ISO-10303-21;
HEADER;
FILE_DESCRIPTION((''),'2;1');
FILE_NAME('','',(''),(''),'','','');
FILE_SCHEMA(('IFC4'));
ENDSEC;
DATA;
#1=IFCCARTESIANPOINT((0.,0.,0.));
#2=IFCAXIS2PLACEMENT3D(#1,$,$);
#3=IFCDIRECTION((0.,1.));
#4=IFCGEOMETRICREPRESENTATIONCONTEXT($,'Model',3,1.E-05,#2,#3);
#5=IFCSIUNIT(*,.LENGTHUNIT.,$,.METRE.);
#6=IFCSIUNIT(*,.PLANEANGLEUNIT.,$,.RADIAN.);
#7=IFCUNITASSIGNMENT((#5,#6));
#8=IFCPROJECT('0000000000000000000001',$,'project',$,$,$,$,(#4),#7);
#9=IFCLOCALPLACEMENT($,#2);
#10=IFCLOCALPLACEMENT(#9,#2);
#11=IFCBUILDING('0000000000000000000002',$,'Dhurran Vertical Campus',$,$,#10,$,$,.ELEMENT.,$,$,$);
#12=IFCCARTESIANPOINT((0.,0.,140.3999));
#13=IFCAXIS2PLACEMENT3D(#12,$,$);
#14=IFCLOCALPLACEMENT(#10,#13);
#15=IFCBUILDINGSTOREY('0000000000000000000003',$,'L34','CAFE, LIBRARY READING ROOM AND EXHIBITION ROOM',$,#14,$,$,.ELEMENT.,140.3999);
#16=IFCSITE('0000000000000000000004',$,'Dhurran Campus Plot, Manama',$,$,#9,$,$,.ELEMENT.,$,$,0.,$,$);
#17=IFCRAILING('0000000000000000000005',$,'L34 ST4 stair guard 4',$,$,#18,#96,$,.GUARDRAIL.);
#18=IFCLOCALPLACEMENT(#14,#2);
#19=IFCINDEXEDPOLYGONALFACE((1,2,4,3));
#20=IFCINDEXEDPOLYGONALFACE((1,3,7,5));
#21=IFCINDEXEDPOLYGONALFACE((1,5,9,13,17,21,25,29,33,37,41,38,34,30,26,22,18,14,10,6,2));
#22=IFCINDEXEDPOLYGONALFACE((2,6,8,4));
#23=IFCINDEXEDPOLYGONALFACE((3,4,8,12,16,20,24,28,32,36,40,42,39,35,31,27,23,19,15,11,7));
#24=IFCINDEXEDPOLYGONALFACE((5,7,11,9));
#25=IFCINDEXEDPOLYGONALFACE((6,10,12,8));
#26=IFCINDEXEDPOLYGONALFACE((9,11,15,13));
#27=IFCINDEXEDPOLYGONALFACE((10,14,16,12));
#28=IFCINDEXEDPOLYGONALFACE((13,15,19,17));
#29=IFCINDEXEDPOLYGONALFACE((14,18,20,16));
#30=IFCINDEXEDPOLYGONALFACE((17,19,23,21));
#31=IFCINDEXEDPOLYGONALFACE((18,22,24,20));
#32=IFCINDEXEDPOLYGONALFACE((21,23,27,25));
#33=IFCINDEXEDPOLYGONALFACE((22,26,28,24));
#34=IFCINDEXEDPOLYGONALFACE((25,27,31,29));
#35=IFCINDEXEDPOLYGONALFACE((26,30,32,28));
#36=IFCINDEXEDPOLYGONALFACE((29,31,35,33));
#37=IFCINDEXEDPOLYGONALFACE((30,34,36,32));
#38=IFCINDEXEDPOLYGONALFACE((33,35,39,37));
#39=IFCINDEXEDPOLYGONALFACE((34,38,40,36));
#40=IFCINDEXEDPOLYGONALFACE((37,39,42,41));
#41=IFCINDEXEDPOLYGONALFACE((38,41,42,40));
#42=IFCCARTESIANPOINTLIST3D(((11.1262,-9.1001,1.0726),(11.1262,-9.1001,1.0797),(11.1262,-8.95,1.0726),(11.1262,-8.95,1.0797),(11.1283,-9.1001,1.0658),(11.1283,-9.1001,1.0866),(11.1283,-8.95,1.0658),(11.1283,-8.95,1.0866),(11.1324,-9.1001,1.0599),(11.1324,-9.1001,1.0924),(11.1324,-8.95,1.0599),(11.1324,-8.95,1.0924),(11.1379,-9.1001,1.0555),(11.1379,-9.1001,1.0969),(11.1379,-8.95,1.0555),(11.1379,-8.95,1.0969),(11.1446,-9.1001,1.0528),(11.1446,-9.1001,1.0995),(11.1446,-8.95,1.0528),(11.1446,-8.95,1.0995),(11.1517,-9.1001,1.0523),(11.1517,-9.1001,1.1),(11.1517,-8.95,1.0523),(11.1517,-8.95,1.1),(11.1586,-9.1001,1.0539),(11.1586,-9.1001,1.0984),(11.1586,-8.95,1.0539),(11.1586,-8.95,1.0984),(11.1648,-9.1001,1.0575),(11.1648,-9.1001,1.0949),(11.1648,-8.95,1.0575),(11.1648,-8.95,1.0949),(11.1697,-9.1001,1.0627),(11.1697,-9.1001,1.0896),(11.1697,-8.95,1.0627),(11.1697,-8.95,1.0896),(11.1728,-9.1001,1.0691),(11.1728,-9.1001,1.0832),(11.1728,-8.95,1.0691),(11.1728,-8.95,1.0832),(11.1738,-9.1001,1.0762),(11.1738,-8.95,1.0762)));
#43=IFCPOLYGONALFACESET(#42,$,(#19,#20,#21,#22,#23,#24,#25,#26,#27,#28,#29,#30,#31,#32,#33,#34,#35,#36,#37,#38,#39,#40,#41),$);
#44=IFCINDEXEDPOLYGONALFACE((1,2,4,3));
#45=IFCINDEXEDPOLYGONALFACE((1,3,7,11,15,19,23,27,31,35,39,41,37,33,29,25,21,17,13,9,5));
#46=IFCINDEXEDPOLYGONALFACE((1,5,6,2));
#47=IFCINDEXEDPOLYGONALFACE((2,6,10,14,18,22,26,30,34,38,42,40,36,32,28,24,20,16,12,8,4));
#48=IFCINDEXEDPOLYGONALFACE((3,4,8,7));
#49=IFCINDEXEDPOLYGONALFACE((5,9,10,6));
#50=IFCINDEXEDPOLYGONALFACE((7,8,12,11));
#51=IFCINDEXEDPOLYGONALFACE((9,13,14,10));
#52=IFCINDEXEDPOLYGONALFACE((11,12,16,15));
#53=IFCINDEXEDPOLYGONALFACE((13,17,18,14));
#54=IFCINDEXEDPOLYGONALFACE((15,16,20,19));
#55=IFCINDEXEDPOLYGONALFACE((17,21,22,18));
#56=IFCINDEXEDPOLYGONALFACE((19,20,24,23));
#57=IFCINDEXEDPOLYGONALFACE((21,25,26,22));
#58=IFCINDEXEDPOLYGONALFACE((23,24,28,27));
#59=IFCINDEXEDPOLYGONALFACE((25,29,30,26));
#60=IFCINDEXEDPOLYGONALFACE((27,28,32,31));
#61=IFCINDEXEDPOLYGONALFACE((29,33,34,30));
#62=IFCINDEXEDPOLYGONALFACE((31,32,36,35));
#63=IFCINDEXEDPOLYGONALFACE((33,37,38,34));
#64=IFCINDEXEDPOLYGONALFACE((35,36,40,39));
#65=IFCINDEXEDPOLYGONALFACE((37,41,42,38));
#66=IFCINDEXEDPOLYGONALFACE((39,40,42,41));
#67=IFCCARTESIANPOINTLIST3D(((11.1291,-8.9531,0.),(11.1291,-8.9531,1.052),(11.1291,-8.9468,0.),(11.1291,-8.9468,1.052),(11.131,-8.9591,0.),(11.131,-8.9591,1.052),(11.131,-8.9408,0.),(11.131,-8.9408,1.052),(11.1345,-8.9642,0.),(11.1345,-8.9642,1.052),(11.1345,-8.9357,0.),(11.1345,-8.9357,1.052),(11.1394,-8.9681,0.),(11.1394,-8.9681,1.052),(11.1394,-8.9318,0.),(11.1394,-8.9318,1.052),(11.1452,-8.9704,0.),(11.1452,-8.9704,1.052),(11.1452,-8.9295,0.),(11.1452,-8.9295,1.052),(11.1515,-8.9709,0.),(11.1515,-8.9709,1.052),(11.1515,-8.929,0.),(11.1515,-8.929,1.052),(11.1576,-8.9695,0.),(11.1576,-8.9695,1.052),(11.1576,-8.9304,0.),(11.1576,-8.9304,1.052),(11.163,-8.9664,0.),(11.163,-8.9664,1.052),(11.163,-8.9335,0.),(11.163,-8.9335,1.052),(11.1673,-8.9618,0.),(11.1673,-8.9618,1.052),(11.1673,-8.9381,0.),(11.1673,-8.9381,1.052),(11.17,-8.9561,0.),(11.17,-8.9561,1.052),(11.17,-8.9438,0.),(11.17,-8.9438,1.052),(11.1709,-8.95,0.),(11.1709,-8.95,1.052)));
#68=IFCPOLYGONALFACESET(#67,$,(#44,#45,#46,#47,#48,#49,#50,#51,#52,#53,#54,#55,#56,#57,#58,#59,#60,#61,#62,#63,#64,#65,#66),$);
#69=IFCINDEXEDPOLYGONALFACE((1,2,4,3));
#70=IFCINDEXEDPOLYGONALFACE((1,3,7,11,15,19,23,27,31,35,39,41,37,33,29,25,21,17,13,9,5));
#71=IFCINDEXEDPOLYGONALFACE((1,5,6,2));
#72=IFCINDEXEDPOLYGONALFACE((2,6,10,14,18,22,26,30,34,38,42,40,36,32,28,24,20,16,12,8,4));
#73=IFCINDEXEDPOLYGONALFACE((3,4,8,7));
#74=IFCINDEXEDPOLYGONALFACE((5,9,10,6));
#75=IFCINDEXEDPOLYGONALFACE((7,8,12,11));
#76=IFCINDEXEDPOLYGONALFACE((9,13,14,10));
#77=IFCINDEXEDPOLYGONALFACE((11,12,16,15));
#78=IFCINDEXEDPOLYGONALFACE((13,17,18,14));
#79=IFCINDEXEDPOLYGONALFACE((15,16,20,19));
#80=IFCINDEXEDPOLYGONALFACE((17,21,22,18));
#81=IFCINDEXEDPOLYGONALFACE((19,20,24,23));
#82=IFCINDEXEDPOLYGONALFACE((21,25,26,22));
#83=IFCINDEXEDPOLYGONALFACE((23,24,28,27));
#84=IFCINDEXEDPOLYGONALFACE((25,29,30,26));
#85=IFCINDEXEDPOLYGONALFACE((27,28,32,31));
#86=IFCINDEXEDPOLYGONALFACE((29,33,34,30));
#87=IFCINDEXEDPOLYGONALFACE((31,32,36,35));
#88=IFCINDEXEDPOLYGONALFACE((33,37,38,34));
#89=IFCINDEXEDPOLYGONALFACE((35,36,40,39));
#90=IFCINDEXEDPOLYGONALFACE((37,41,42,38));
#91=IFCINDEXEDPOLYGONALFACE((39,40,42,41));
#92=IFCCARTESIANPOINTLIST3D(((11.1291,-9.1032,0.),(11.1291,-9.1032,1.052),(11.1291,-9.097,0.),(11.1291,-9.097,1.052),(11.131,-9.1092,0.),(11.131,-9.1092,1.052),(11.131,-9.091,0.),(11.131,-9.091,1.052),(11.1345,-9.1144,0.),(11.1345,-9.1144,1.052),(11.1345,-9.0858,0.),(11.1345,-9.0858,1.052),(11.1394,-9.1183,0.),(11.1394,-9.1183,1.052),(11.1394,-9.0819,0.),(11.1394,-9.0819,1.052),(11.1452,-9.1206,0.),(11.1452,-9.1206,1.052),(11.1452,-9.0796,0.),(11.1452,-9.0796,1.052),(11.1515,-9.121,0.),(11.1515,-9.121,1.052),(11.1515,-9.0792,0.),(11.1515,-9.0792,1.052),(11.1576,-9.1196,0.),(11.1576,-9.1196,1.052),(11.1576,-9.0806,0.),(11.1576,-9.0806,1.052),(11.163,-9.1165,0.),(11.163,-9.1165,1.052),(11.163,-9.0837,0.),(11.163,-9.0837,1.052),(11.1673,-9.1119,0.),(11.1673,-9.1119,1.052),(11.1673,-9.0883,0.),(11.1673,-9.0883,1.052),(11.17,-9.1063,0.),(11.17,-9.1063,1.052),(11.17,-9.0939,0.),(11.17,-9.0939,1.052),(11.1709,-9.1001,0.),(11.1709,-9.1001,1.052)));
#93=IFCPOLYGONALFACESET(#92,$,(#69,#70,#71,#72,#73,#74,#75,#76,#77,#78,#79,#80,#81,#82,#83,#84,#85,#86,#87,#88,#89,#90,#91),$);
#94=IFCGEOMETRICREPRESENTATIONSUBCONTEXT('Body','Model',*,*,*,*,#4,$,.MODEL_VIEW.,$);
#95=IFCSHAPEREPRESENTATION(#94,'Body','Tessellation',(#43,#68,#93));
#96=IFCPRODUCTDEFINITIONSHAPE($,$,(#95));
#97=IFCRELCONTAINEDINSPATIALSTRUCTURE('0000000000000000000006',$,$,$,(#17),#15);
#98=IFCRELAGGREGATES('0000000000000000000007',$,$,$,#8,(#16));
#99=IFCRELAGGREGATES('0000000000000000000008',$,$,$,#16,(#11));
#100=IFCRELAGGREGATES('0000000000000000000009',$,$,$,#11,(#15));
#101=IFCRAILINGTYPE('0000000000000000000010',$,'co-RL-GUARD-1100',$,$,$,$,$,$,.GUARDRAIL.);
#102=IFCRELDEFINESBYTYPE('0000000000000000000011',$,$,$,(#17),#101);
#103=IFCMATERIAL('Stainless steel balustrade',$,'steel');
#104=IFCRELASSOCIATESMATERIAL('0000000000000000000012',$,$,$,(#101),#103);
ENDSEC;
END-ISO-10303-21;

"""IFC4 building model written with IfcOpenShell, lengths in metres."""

from ifc_helpers import new_model, si_unit, direction, frame, origin, origin_2d, place, context, subcontext, project, spatial, circle, extrude, material, type_object, element, save


model = new_model("IFC4")

# Units and contexts
model_context = context("Model", 3, precision=1e-05, world=origin(), true_north=direction((0.0, 1.0)))
body_context = subcontext(model_context, "Body", "Model", "MODEL_VIEW")
ifc_project = project(units=[si_unit("LENGTHUNIT", "METRE"), si_unit("PLANEANGLEUNIT", "RADIAN")], contexts=[model_context])

# Site, building, storey
site_placement = place(None, origin())
site = spatial("IfcSite", under=ifc_project, at=site_placement, Name="Dhurran Campus Plot, Manama", CompositionType="ELEMENT", RefElevation=0.0)
building_placement = place(site_placement, origin())
building = spatial("IfcBuilding", under=site, at=building_placement, Name="Dhurran Vertical Campus", CompositionType="ELEMENT")
storey_placement = place(building_placement, frame((0.0, 0.0, 140.3999)))
storey = spatial("IfcBuildingStorey", under=building, at=storey_placement, Name="L34", Description="CAFE, LIBRARY READING ROOM AND EXHIBITION ROOM", CompositionType="ELEMENT", Elevation=140.3999)

# Railing
ifc_material_1 = material(Name="Stainless steel balustrade", Category="steel")
railing_type_1 = type_object("IfcRailingType", Name="co-RL-GUARD-1100", PredefinedType="GUARDRAIL", material=ifc_material_1)
railing_1_placement = place(storey_placement, frame((11.1499, -8.95, 0.0)))
element("IfcRailing", 1, at=railing_1_placement, inside=storey, type_object=railing_type_1, Name="L34 ST4 stair guard 4", PredefinedType="GUARDRAIL", context=body_context, shape_type="SweptSolid", body=[
    extrude(circle(Radius=0.0239, at=origin_2d()), frame((0.0, 0.0, 1.0762), z_axis=(0.0, -1.0, 0.0), x_axis=(1.0, 0.0, 0.0)), (0.0, 0.0, 1.0), 0.1501),
    extrude(circle(Radius=0.021, at=origin_2d()), origin(), (0.0, 0.0, 1.0), 1.052),
    extrude(circle(Radius=0.021, at=origin_2d()), frame((0.0, -0.1501, 0.0)), (0.0, 0.0, 1.0), 1.052),
])

save(model, "model.ifc")
